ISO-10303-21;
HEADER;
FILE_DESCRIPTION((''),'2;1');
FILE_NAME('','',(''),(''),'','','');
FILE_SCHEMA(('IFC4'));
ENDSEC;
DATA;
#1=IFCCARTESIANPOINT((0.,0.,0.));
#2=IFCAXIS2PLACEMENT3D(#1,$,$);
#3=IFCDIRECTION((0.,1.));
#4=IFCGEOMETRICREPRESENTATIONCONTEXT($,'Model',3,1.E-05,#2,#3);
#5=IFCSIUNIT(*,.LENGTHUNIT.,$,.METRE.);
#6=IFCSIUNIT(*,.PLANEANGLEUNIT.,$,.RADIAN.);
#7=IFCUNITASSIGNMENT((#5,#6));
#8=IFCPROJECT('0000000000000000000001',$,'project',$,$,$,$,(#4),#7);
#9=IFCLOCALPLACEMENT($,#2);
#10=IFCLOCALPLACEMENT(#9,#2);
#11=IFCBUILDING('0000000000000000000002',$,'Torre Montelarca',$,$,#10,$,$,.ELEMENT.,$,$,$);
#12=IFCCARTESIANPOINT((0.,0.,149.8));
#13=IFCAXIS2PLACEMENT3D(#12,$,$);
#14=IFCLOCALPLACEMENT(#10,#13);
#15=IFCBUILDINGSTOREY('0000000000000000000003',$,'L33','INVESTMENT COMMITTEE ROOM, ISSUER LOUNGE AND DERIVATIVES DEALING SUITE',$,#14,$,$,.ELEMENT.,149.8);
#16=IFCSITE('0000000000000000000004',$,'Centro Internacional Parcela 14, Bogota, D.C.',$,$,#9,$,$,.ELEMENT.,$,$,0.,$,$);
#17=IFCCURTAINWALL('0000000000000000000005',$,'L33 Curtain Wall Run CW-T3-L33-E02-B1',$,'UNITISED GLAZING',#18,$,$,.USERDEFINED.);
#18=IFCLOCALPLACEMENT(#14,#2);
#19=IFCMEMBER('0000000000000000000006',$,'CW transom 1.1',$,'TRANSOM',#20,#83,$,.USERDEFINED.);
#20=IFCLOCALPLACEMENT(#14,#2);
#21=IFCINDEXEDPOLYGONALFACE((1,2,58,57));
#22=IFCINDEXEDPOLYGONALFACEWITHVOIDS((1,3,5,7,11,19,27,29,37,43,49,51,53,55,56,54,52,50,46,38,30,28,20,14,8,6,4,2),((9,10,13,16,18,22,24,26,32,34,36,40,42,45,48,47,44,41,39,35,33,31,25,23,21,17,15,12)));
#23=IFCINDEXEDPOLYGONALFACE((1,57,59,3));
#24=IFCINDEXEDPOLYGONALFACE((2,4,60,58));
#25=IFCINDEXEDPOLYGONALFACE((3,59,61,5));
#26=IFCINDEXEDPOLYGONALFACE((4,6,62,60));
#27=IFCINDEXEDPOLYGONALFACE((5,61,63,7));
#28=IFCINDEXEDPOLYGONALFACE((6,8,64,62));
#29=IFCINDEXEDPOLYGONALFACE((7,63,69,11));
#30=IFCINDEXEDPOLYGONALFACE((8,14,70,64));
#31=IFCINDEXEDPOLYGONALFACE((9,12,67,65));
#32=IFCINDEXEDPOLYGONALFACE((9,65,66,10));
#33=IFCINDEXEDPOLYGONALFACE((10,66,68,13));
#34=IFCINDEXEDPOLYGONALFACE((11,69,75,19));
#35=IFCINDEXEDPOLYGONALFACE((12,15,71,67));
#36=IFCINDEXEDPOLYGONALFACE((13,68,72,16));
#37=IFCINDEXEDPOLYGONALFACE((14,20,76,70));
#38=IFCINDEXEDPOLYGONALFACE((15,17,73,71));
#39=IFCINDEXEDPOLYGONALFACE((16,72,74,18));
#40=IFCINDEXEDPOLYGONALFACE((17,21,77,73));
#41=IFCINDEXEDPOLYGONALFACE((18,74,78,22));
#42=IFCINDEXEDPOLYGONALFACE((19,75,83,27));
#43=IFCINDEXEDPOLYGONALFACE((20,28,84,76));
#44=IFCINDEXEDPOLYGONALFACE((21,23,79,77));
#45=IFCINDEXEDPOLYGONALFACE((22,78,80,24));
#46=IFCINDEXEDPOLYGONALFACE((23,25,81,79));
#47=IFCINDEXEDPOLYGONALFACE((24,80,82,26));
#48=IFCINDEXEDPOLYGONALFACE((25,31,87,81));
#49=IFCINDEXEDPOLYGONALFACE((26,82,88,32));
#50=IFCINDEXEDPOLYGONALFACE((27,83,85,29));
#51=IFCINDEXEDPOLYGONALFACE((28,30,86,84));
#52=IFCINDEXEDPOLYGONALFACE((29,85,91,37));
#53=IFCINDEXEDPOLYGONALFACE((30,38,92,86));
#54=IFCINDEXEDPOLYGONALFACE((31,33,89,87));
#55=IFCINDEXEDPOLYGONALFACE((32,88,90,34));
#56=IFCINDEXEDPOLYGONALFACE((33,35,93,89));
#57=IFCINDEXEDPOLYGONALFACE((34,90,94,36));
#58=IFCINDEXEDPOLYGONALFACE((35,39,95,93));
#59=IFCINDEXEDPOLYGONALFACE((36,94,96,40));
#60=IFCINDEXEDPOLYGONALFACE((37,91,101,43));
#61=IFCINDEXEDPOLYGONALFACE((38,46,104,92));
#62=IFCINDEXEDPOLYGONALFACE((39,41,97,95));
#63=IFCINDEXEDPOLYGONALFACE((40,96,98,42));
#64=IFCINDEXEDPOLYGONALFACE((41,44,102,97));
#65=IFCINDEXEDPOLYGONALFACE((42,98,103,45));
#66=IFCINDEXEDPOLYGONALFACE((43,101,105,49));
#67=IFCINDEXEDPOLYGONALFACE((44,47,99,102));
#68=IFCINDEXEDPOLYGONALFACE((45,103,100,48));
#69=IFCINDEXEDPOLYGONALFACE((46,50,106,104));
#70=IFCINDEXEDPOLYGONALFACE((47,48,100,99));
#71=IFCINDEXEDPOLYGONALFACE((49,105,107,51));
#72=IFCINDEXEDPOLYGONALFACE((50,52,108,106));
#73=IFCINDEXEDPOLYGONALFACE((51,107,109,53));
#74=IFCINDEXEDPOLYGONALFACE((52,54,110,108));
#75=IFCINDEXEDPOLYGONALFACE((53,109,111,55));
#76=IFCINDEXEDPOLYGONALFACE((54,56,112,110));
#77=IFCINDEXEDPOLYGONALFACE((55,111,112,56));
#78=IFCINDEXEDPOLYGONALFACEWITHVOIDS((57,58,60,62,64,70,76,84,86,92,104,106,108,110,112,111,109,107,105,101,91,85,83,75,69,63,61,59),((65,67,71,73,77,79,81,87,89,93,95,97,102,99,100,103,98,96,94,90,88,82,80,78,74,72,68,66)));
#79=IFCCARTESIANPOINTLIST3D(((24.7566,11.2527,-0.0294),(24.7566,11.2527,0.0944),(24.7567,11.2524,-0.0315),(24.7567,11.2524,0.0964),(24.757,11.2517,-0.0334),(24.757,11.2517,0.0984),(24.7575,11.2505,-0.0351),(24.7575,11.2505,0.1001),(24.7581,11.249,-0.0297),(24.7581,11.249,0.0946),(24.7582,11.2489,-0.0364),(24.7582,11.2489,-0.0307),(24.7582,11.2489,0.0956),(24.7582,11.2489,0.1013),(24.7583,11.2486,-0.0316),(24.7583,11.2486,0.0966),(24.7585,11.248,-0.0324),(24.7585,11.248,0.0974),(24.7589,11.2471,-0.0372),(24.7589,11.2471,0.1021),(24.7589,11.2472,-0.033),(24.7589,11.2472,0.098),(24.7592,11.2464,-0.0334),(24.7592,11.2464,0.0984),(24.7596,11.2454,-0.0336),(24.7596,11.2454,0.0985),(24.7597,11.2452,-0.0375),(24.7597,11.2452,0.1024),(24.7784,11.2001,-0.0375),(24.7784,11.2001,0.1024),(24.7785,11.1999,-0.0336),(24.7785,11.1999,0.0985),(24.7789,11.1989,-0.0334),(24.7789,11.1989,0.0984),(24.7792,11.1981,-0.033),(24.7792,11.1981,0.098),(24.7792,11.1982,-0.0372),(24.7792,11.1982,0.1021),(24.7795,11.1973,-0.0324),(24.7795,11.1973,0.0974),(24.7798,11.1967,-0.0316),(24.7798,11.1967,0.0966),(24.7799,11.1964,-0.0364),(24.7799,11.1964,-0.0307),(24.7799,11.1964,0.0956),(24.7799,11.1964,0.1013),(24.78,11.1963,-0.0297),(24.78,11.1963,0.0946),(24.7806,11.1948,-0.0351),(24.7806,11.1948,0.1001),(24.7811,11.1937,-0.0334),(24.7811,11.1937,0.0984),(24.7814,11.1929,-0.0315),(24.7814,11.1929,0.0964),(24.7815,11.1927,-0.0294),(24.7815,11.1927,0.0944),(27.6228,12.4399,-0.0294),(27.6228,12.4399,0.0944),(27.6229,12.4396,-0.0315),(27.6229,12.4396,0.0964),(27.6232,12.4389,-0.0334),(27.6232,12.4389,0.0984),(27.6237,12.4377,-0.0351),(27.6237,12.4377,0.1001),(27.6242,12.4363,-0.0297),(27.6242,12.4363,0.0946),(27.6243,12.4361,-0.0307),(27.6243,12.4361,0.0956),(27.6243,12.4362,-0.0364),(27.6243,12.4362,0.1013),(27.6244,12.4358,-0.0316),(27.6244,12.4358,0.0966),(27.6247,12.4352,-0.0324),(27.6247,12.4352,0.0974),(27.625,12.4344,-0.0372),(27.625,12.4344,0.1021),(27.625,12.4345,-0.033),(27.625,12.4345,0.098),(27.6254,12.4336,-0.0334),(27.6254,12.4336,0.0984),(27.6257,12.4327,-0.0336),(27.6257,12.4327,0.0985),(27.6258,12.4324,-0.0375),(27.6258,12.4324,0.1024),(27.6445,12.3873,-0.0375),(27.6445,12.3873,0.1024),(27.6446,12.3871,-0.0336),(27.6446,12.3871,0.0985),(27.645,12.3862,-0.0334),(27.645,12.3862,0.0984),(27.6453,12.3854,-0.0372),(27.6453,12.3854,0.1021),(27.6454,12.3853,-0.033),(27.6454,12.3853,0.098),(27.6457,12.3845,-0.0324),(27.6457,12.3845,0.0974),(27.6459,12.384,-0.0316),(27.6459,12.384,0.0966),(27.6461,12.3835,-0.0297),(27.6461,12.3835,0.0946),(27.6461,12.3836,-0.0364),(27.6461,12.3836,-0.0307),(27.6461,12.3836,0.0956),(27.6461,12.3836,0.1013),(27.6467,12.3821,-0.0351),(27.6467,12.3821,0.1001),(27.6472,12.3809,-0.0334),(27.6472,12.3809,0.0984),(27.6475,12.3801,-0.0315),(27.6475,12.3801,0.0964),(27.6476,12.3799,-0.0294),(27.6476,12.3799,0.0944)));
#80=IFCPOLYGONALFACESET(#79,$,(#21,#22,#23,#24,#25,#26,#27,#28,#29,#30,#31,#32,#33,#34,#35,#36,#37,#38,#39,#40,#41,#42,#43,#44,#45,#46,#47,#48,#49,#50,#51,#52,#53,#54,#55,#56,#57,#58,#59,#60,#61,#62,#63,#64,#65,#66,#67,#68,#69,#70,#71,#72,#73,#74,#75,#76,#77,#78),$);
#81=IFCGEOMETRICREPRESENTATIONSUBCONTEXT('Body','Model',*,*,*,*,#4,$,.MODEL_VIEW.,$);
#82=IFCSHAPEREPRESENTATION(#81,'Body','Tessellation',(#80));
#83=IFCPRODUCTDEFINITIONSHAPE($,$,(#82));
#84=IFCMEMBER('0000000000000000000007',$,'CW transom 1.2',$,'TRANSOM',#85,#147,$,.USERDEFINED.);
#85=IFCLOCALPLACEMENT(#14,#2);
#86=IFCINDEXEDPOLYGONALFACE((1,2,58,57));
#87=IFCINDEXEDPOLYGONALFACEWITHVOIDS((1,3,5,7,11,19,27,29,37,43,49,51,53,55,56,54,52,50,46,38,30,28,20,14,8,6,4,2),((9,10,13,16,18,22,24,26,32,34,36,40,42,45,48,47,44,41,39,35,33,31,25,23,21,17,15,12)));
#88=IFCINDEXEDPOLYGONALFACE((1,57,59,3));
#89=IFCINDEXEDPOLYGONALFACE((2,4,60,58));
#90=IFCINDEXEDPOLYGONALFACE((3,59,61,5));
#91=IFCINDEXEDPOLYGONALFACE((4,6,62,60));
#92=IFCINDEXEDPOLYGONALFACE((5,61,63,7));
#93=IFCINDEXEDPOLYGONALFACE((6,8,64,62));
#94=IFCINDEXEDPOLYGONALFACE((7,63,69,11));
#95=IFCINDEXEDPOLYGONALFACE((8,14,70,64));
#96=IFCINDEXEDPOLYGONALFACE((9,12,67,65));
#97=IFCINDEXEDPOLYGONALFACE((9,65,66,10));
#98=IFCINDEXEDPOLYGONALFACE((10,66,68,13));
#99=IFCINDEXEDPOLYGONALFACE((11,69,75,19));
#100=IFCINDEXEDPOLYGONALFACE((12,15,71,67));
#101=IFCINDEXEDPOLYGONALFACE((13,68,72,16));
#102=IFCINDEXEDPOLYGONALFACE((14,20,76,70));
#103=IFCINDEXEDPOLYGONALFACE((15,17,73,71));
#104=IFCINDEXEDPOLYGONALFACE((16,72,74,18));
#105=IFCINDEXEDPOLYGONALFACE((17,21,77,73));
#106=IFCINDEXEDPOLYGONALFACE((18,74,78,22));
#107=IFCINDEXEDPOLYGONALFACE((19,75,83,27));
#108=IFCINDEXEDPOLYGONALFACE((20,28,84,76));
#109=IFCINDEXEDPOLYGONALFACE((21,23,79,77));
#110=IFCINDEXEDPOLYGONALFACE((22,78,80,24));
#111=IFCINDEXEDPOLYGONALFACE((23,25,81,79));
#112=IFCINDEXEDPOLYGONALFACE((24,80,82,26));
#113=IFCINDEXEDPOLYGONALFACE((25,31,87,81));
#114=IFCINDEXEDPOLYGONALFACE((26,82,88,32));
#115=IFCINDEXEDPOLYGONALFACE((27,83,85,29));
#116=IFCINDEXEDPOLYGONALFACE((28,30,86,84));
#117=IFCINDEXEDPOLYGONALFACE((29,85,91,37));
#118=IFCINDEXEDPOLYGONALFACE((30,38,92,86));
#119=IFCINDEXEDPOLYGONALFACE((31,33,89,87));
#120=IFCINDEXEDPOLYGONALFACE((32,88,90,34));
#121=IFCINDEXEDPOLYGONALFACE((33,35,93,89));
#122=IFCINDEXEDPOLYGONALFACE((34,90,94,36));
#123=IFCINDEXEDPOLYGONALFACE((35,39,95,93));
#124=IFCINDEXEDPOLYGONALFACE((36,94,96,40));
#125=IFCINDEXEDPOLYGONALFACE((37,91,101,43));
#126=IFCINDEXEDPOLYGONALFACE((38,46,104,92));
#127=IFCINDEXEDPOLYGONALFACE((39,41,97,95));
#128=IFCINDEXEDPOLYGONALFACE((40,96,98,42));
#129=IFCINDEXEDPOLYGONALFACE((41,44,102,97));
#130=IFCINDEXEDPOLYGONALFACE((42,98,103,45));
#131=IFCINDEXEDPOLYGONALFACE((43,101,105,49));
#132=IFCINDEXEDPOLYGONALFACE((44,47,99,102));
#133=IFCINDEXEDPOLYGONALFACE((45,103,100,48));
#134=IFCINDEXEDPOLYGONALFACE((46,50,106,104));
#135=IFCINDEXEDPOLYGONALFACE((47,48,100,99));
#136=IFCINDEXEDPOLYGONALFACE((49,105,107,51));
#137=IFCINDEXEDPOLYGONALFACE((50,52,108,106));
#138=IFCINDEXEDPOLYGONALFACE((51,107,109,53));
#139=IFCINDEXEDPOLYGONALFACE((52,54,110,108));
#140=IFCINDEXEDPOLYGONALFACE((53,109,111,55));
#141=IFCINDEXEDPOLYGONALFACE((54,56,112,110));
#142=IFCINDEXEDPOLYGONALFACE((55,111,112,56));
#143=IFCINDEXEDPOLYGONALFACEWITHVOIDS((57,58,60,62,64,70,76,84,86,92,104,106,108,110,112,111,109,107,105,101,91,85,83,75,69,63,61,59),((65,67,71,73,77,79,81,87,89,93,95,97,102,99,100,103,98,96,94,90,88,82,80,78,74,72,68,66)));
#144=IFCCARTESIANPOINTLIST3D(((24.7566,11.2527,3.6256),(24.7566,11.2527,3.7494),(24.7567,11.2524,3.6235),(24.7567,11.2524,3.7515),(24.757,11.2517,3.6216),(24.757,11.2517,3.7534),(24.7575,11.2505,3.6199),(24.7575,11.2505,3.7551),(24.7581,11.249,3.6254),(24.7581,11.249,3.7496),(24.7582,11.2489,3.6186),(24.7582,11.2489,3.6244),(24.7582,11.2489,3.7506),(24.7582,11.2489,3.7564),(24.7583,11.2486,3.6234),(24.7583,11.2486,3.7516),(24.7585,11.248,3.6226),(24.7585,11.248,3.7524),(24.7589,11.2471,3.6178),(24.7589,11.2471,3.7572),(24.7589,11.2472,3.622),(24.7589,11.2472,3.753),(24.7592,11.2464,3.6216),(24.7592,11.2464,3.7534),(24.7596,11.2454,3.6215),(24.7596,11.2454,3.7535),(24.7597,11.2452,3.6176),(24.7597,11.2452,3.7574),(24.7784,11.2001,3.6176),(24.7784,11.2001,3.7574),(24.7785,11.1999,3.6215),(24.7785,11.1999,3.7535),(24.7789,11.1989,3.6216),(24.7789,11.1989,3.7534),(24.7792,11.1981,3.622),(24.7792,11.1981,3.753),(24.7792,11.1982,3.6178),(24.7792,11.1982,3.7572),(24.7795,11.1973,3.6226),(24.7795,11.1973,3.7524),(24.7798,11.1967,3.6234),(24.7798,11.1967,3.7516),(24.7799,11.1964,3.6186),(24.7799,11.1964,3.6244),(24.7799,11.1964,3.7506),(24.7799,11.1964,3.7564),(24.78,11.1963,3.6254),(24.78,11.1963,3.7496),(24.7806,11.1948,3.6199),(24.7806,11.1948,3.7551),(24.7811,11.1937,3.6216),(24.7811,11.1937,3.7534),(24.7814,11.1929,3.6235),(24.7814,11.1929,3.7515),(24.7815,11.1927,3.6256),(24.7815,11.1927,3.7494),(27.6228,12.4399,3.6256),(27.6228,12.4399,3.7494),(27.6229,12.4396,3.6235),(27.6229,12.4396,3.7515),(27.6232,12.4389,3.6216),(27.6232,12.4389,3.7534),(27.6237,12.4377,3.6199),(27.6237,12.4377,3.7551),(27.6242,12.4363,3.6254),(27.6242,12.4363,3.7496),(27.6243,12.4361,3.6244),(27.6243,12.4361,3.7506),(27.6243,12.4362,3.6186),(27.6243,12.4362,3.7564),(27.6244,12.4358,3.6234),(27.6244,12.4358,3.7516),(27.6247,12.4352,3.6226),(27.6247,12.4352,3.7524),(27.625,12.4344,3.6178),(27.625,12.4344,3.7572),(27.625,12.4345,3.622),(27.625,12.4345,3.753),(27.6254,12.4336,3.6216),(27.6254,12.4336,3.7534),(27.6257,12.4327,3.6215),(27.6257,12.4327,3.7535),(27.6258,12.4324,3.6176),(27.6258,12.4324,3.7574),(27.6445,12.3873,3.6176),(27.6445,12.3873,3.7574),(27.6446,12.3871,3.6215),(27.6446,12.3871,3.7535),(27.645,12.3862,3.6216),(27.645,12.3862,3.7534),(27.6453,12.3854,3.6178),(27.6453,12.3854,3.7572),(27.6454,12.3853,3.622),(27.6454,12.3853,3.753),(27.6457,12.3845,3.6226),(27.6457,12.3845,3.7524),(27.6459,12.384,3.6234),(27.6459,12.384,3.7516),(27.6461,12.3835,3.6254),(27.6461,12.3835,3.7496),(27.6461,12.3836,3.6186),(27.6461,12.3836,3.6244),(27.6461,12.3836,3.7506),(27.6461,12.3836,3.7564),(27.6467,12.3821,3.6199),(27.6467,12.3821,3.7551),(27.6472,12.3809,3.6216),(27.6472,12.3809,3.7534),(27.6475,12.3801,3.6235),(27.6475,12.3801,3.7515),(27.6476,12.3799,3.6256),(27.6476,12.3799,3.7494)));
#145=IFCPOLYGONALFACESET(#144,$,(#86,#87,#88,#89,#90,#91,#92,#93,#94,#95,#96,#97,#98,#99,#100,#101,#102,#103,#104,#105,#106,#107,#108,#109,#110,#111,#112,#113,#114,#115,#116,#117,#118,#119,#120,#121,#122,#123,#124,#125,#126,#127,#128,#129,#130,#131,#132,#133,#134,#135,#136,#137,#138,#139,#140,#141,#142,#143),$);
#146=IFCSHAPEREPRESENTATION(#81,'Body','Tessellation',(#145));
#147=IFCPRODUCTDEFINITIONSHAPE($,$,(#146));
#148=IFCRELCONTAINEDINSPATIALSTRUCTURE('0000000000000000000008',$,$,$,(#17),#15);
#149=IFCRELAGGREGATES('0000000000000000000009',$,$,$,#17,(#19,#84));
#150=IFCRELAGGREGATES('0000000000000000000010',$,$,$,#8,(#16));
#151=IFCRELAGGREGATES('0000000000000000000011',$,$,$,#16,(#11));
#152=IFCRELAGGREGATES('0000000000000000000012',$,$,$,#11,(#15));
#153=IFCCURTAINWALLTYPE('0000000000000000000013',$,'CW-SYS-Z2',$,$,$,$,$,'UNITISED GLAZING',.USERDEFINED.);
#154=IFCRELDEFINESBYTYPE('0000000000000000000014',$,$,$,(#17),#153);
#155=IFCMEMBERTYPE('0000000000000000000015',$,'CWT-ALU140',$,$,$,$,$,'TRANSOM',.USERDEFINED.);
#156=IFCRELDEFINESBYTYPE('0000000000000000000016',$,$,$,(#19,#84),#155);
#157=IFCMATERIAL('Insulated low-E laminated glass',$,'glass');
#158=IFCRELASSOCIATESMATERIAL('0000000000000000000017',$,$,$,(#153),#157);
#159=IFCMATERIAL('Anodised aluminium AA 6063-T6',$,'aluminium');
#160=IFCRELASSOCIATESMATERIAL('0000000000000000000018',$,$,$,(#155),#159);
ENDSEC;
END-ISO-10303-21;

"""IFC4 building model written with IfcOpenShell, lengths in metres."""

from ifc_helpers import new_model, si_unit, direction, frame, origin, origin_2d, place, context, subcontext, project, spatial, hollow_rectangle, extrude, source, transform, mapped, material, material_profile, profile_set, type_object, element, aggregate, save


model = new_model("IFC4")

# Units and contexts
model_context = context("Model", 3, precision=1e-05, world=origin(), true_north=direction((0.0, 1.0)))
body_context = subcontext(model_context, "Body", "Model", "MODEL_VIEW")
ifc_project = project(units=[si_unit("LENGTHUNIT", "METRE"), si_unit("PLANEANGLEUNIT", "RADIAN")], contexts=[model_context])

# Site, building, storey
site_placement = place(None, origin())
site = spatial("IfcSite", under=ifc_project, at=site_placement, Name="Centro Internacional Parcela 14, Bogota, D.C.", CompositionType="ELEMENT", RefElevation=0.0)
building_placement = place(site_placement, origin())
building = spatial("IfcBuilding", under=site, at=building_placement, Name="Torre Montelarca", CompositionType="ELEMENT")
storey_placement = place(building_placement, frame((0.0, 0.0, 149.8)))
storey = spatial("IfcBuildingStorey", under=building, at=storey_placement, Name="L33", Description="INVESTMENT COMMITTEE ROOM, ISSUER LOUNGE AND DERIVATIVES DEALING SUITE", CompositionType="ELEMENT", Elevation=149.8)

# Curtain wall, members
ifc_material_1 = material(Name="Insulated low-E laminated glass", Category="glass")
curtain_wall_type = type_object("IfcCurtainWallType", Name="CW-SYS-Z2", ElementType="UNITISED GLAZING", PredefinedType="USERDEFINED", material=ifc_material_1)
curtain_wall_1_placement = place(storey_placement, origin())
curtain_wall_1 = element("IfcCurtainWall", 1, at=curtain_wall_1_placement, inside=storey, type_object=curtain_wall_type, Name="L33 Curtain Wall Run CW-T3-L33-E02-B1", ObjectType="UNITISED GLAZING", PredefinedType="USERDEFINED")
ifc_material_2 = material(Name="Anodised aluminium AA 6063-T6", Category="aluminium")
ifc_material_profile_1 = material_profile(ifc_material_2, hollow_rectangle(XDim=0.0649, YDim=0.1399, WallThickness=0.0039, InnerFilletRadius=0.0039, OuterFilletRadius=0.0081, at=origin_2d()), Name="ALU65X140X4", Category="aluminium")
ifc_profile_set_1 = profile_set([ifc_material_profile_1], Name="Anodised aluminium AA 6063-T6")
member_type_1 = type_object("IfcMemberType", Name="CWT-ALU140", ElementType="TRANSOM", PredefinedType="USERDEFINED", material=ifc_profile_set_1)
shared_shape_1 = source(origin(), body_context, "Body", "SweptSolid", [
    extrude(hollow_rectangle(XDim=0.0649, YDim=0.1399, WallThickness=0.0039, InnerFilletRadius=0.0039, OuterFilletRadius=0.0081, at=origin_2d()), origin(), (0.0, 0.0, 1.0), 3.1023),
])
member_1_placement = place(storey_placement, frame((24.769, 11.2227, 0.0325), z_axis=(0.923876, 0.382692, 0.0), x_axis=(-0.382692, 0.923876, 0.0)))
member_1 = element("IfcMember", 2, at=member_1_placement, type_object=member_type_1, Name="CW transom 1.1", ObjectType="TRANSOM", PredefinedType="USERDEFINED", context=body_context, shape_type="MappedRepresentation", body=[
    mapped(shared_shape_1, transform((0.0, 0.0, 0.0), scale=1.0)),
])
member_2_placement = place(storey_placement, frame((24.769, 11.2227, 3.6875), z_axis=(0.923876, 0.382692, 0.0), x_axis=(-0.382692, 0.923876, 0.0)))
member_2 = element("IfcMember", 3, at=member_2_placement, type_object=member_type_1, Name="CW transom 1.2", ObjectType="TRANSOM", PredefinedType="USERDEFINED", context=body_context, shape_type="MappedRepresentation", body=[
    mapped(shared_shape_1, transform((0.0, 0.0, 0.0), scale=1.0)),
])

aggregate(curtain_wall_1, [member_1, member_2])

save(model, "model.ifc")
